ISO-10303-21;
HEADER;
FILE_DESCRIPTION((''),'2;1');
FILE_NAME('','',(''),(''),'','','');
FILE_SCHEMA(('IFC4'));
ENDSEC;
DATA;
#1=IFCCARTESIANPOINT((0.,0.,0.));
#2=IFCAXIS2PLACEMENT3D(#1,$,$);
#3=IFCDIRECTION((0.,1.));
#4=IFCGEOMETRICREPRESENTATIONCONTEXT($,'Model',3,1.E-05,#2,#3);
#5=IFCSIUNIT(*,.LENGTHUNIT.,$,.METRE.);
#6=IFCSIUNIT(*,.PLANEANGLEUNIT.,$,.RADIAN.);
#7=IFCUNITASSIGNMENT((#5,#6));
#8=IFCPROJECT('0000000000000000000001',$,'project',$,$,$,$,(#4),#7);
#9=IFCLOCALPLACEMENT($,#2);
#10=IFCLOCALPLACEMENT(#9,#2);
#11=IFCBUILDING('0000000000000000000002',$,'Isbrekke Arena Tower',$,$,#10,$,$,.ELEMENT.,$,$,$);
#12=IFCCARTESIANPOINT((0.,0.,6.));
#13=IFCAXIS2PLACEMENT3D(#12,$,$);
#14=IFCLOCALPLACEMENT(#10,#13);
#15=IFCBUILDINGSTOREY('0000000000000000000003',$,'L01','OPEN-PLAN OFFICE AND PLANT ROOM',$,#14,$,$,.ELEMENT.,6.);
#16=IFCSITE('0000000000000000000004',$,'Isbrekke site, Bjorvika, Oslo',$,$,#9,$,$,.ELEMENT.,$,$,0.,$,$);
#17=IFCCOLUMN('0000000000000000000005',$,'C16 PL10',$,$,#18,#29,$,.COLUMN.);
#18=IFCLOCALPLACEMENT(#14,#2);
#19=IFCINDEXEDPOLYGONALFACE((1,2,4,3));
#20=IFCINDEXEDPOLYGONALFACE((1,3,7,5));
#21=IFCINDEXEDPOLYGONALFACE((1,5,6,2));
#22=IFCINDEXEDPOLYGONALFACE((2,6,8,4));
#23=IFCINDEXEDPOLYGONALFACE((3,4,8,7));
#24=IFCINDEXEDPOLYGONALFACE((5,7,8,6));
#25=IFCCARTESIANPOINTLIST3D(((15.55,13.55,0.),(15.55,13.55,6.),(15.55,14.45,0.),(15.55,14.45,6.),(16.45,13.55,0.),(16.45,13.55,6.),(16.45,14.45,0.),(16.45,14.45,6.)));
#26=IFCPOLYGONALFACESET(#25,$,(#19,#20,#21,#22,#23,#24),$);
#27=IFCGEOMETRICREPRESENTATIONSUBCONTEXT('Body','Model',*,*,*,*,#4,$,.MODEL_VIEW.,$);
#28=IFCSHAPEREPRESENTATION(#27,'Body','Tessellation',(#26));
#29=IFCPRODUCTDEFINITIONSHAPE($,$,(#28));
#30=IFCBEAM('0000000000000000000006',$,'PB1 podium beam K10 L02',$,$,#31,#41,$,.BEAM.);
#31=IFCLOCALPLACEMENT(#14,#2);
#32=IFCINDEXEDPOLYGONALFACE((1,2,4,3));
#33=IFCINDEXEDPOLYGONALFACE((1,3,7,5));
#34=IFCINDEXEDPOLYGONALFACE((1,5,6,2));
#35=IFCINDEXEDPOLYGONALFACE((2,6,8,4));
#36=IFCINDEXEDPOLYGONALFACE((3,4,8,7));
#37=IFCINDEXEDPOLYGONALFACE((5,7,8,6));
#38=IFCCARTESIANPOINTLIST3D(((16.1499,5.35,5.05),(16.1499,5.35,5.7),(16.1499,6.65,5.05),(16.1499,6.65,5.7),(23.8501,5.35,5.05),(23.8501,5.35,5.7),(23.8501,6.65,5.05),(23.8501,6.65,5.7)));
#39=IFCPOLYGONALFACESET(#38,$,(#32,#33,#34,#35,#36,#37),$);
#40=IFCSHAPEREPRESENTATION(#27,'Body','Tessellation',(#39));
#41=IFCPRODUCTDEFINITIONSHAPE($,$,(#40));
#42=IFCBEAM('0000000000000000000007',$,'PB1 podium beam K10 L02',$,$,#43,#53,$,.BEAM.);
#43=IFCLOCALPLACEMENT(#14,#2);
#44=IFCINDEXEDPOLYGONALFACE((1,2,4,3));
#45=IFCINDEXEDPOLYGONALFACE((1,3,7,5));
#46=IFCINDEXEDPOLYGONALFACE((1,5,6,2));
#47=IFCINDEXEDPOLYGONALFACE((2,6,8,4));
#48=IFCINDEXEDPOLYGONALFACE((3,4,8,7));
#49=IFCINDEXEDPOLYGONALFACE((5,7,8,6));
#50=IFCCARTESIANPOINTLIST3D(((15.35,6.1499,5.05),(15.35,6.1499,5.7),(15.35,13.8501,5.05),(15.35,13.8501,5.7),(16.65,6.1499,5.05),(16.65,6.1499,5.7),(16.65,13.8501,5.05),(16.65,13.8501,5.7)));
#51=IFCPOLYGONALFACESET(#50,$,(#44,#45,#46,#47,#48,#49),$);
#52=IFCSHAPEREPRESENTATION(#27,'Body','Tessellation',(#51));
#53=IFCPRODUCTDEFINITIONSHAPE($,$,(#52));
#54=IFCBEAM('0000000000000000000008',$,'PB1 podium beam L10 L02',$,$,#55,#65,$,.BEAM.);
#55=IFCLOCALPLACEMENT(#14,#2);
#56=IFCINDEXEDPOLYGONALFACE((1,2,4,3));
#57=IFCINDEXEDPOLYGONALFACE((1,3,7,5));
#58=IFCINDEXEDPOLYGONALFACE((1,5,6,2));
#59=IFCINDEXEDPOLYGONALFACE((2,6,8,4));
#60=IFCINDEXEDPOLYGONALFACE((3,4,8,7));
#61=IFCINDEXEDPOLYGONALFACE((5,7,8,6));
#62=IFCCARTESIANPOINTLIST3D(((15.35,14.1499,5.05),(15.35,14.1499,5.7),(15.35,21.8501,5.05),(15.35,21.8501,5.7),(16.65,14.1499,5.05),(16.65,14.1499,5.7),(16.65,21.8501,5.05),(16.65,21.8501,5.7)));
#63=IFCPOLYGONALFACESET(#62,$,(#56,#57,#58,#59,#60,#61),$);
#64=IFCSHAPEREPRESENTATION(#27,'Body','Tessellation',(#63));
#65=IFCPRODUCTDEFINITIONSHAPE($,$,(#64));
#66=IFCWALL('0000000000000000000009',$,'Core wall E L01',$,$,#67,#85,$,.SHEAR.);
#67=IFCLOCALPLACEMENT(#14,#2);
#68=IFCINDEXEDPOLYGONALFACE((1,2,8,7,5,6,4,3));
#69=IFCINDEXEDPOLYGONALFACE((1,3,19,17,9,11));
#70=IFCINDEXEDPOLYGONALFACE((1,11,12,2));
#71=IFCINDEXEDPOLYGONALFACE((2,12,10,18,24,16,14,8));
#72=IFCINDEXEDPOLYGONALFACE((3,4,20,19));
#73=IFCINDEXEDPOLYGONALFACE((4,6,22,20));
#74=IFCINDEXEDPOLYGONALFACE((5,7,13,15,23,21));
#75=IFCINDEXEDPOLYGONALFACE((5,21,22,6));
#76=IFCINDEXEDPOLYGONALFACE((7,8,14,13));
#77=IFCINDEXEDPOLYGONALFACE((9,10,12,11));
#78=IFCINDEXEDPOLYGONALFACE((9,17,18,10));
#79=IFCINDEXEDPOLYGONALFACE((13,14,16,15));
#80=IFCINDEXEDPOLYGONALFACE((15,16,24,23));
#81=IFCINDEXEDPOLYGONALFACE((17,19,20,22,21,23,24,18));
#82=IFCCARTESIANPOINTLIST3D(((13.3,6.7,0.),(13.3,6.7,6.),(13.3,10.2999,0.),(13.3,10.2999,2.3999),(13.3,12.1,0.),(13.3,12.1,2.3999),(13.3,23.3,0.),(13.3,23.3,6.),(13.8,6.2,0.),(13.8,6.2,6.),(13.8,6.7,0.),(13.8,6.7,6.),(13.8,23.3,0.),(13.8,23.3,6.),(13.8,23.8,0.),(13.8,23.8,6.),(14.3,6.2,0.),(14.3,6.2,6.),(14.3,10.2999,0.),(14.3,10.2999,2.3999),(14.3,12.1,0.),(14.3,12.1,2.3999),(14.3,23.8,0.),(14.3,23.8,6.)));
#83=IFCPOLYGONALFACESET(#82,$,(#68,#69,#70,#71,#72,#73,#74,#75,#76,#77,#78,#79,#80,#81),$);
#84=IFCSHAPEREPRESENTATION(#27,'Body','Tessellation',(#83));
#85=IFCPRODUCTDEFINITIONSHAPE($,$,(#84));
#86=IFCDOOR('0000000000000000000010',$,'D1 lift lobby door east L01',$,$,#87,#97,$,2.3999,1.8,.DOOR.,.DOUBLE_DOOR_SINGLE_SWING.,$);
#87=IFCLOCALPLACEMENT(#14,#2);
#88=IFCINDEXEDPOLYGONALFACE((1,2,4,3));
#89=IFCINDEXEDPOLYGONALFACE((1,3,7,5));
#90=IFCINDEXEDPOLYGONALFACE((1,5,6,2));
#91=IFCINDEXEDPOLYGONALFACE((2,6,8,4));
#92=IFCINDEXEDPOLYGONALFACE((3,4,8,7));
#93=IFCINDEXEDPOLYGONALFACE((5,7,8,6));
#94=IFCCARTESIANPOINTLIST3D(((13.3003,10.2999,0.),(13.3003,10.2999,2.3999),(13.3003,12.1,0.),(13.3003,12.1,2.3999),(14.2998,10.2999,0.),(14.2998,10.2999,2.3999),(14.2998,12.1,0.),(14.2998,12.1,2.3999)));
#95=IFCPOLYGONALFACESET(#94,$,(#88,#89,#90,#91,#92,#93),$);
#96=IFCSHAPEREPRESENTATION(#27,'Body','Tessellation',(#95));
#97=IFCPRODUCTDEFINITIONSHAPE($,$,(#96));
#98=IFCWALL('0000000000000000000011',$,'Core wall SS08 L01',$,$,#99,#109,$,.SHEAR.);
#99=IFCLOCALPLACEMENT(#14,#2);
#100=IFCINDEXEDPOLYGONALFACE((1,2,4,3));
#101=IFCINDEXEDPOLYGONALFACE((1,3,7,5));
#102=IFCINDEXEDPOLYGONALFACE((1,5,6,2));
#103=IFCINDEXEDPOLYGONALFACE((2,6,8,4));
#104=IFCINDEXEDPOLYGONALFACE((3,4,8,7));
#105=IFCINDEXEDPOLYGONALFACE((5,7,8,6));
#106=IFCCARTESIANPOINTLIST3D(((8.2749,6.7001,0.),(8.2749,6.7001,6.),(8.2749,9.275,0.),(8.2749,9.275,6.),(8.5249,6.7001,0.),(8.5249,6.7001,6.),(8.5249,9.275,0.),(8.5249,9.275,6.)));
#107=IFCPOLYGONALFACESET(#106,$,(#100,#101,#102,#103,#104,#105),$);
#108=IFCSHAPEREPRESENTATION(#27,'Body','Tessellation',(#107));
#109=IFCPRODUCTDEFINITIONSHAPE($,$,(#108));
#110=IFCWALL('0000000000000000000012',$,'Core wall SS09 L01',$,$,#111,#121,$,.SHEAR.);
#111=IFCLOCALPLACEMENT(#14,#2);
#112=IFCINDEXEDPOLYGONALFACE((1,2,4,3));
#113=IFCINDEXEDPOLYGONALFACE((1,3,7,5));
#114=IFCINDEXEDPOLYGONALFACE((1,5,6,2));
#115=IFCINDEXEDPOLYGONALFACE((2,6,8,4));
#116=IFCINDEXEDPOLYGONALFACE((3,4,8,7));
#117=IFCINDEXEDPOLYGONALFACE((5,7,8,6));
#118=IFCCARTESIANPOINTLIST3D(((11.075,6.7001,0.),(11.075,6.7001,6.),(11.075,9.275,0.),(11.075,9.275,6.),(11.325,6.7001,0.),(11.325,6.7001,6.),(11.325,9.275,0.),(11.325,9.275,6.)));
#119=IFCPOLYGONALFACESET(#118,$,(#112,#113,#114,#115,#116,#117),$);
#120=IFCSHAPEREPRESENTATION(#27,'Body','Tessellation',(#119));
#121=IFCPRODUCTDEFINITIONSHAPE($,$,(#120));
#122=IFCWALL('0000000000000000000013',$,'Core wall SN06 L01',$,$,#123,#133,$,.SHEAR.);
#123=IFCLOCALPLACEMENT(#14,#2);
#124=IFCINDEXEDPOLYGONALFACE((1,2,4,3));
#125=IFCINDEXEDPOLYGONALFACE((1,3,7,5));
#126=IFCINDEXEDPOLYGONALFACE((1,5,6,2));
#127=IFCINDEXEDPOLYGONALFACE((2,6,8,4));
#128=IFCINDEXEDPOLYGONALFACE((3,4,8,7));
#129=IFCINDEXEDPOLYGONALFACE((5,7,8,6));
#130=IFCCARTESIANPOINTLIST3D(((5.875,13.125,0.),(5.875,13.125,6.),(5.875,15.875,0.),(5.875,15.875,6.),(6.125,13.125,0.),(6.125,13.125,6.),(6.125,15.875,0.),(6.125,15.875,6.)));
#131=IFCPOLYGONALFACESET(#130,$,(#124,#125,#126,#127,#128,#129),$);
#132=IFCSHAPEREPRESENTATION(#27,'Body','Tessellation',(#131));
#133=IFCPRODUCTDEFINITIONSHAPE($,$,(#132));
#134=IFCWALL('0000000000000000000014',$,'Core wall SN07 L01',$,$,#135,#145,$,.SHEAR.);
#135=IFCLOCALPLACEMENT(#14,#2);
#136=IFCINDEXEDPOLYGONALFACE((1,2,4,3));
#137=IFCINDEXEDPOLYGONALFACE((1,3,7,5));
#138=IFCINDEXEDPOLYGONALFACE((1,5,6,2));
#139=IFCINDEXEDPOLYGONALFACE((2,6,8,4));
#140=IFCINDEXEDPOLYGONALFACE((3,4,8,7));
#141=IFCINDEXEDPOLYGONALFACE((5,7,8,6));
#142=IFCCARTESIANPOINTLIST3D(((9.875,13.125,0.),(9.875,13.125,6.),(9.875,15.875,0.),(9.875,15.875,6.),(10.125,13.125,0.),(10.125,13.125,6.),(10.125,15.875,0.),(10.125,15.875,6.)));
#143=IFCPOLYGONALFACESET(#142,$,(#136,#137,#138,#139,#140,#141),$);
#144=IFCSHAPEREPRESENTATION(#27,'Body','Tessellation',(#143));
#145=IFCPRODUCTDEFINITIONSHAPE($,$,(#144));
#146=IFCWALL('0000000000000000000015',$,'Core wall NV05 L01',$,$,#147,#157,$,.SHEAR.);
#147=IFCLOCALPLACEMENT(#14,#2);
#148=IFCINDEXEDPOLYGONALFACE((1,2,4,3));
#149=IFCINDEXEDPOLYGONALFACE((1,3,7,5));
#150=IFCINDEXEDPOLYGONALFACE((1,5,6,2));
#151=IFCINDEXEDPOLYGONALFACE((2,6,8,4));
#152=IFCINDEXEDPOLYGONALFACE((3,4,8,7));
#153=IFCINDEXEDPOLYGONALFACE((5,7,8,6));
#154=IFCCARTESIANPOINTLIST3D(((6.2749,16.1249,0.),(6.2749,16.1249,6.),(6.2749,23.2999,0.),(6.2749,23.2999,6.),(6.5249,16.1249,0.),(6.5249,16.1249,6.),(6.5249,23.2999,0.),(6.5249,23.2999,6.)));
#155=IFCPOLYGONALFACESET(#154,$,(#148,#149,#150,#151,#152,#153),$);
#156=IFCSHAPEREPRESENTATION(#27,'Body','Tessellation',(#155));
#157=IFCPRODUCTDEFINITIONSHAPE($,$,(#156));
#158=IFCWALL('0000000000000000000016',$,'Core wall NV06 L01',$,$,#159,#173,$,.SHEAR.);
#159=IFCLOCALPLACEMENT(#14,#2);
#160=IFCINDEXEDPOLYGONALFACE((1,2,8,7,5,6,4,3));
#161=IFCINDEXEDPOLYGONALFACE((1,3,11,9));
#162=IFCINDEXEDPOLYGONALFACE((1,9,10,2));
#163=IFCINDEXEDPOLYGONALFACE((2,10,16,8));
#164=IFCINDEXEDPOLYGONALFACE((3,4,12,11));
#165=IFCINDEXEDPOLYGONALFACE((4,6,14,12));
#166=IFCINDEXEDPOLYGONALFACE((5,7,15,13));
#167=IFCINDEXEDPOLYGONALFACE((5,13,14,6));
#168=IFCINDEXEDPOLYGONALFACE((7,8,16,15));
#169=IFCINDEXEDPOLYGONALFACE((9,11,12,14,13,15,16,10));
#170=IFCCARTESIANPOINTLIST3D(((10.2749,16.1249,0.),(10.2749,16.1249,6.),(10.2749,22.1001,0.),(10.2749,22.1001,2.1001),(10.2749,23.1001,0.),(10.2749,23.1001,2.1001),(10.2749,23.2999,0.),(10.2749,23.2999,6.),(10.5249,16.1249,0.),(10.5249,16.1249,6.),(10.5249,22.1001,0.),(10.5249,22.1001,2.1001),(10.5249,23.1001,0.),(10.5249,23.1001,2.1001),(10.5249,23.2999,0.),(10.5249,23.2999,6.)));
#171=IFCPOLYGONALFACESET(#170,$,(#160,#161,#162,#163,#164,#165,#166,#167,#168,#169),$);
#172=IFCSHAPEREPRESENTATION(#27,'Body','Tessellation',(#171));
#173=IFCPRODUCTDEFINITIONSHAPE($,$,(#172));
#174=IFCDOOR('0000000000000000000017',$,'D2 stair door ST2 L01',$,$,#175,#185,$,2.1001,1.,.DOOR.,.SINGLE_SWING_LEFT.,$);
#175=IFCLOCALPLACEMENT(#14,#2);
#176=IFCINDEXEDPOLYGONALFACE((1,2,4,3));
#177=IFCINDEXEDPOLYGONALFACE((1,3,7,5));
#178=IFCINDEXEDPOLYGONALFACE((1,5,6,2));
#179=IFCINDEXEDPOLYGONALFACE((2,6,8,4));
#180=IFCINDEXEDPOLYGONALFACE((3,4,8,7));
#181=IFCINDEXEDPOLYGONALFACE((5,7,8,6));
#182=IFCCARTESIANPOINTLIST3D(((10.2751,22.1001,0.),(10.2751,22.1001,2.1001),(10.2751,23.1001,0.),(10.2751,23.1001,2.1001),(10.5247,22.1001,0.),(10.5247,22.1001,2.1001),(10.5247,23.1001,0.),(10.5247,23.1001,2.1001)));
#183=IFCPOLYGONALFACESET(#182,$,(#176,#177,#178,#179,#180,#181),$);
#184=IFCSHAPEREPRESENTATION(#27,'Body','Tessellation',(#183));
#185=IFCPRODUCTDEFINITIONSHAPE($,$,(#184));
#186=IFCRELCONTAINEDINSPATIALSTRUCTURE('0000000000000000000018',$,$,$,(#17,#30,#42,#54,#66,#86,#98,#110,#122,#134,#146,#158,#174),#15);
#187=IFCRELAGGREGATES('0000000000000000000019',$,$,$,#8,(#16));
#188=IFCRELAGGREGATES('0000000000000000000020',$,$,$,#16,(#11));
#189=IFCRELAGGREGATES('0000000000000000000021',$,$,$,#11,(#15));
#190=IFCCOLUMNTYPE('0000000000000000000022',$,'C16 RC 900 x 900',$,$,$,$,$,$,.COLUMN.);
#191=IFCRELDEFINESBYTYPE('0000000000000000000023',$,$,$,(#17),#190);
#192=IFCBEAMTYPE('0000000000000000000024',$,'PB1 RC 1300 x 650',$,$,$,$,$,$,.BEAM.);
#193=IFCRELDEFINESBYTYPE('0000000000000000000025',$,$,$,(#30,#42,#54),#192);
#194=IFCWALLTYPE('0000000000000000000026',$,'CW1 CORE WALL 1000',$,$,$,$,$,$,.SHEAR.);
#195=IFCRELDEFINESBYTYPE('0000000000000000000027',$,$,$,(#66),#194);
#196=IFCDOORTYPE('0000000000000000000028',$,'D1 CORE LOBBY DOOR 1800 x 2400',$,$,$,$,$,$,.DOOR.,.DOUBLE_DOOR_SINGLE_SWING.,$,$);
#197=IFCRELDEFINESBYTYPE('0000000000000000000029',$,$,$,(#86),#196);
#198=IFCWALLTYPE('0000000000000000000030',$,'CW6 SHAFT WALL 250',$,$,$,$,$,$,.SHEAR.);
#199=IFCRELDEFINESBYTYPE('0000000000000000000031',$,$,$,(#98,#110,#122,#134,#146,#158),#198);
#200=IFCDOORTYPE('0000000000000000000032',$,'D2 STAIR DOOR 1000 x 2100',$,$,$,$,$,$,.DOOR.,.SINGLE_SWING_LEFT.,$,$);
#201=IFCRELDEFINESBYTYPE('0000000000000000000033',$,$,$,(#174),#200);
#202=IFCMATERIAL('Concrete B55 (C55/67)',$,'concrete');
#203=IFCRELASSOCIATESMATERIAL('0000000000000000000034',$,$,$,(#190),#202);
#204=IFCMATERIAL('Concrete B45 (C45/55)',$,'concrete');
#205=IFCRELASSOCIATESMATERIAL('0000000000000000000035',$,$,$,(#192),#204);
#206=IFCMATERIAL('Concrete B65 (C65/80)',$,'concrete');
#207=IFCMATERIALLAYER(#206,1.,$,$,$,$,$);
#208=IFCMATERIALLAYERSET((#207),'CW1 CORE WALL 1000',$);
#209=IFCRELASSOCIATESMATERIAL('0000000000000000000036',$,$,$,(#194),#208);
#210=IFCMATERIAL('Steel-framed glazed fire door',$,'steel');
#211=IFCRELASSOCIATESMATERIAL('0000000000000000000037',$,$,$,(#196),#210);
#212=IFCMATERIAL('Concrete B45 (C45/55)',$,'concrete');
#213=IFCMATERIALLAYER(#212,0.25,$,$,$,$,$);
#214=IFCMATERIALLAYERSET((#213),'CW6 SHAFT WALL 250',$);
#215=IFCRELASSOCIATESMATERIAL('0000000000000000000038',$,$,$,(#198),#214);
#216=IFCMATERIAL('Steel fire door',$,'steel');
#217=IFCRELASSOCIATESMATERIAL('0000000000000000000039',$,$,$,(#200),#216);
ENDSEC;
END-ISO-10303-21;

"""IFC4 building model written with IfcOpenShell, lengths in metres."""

from ifc_helpers import new_model, si_unit, direction, frame, frame_2d, origin, origin_2d, place, context, subcontext, project, spatial, polyline, rectangle, outline, extrude, material, layer, layer_set, material_profile, profile_set, type_object, element, fill, save


model = new_model("IFC4")

# Units and contexts
model_context = context("Model", 3, precision=1e-05, world=origin(), true_north=direction((0.0, 1.0)))
body_context = subcontext(model_context, "Body", "Model", "MODEL_VIEW")
ifc_project = project(units=[si_unit("LENGTHUNIT", "METRE"), si_unit("PLANEANGLEUNIT", "RADIAN")], contexts=[model_context])

# Site, building, storey
site_placement = place(None, origin())
site = spatial("IfcSite", under=ifc_project, at=site_placement, Name="Isbrekke site, Bjorvika, Oslo", CompositionType="ELEMENT", RefElevation=0.0)
building_placement = place(site_placement, origin())
building = spatial("IfcBuilding", under=site, at=building_placement, Name="Isbrekke Arena Tower", CompositionType="ELEMENT")
storey_placement = place(building_placement, frame((0.0, 0.0, 6.0)))
storey = spatial("IfcBuildingStorey", under=building, at=storey_placement, Name="L01", Description="OPEN-PLAN OFFICE AND PLANT ROOM", CompositionType="ELEMENT", Elevation=6.0)

# Column
ifc_material_1 = material(Name="Concrete B55 (C55/67)", Category="concrete")
ifc_material_profile_1 = material_profile(ifc_material_1, rectangle(XDim=0.8999, YDim=0.8999, at=origin_2d()), Name="RC 900x900")
ifc_profile_set_1 = profile_set([ifc_material_profile_1], Name="Concrete B55 (C55/67)")
column_type = type_object("IfcColumnType", Name="C16 RC 900 x 900", PredefinedType="COLUMN", material=ifc_profile_set_1)
column_placement = place(storey_placement, frame((16.0, 14.0, 0.0), z_axis=(0.0, 0.0, 1.0), x_axis=(1.0, 0.0, 0.0)))
element("IfcColumn", 1, at=column_placement, inside=storey, type_object=column_type, Name="C16 PL10", PredefinedType="COLUMN", context=body_context, shape_type="SweptSolid", body=[
    extrude(rectangle(XDim=0.8999, YDim=0.8999, at=origin_2d()), origin(), (0.0, 0.0, 1.0), 6.0),
])

# Beams
ifc_material_2 = material(Name="Concrete B45 (C45/55)", Category="concrete")
ifc_material_profile_2 = material_profile(ifc_material_2, rectangle(XDim=1.3, YDim=0.6499, at=origin_2d()), Name="RC 1300x650")
ifc_profile_set_2 = profile_set([ifc_material_profile_2], Name="Concrete B45 (C45/55)")
beam_type = type_object("IfcBeamType", Name="PB1 RC 1300 x 650", PredefinedType="BEAM", material=ifc_profile_set_2)
for number, where, z_axis, x_axis, name in (
    (2, (16.1499, 6.0, 5.375), (1.0, 0.0, 0.0), (0.0, 1.0, 0.0), "PB1 podium beam K10 L02"),
    (3, (16.0, 6.1499, 5.375), (0.0, 1.0, 0.0), (-1.0, 0.0, 0.0), "PB1 podium beam K10 L02"),
    (4, (16.0, 14.1499, 5.375), (0.0, 1.0, 0.0), (-1.0, 0.0, 0.0), "PB1 podium beam L10 L02"),
):
    element("IfcBeam", number, at=place(storey_placement, frame(where, z_axis=z_axis, x_axis=x_axis)), inside=storey, type_object=beam_type, Name=name, PredefinedType="BEAM", context=body_context, shape_type="SweptSolid", body=[
        extrude(rectangle(XDim=1.3, YDim=0.6499, at=origin_2d()), origin(), (0.0, 0.0, 1.0), 7.7002),
    ])

# Wall, opening, door
ifc_material_3 = material(Name="Concrete B65 (C65/80)", Category="concrete")
ifc_layer_1 = layer(ifc_material_3, 1.0)
ifc_layer_set_1 = layer_set([ifc_layer_1], Name="CW1 CORE WALL 1000")
wall_type_1 = type_object("IfcWallType", Name="CW1 CORE WALL 1000", PredefinedType="SHEAR", material=ifc_layer_set_1)
wall_1_placement = place(storey_placement, frame((13.8, 6.2, 0.0), z_axis=(0.0, 0.0, 1.0), x_axis=(0.0, 1.0, 0.0)))
wall_1 = element("IfcWall", 5, at=wall_1_placement, inside=storey, type_object=wall_type_1, Name="Core wall E L01", PredefinedType="SHEAR", context=body_context, shape_type="SweptSolid", body=[
    extrude(outline(polyline([(0.0, -0.5), (17.6001, -0.5), (17.6001, 0.0), (17.1001, 0.0), (17.1001, 0.5), (0.5, 0.5), (0.5, 0.0), (0.0, 0.0), (0.0, -0.5)])), origin(), (0.0, 0.0, 1.0), 6.0),
])
opening_1_placement = place(wall_1_placement, frame((4.1001, 0.0, 0.0)))
opening_1 = element("IfcOpeningElement", 6, at=opening_1_placement, cuts=wall_1, PredefinedType="OPENING", context=body_context, shape_type="SweptSolid", body=[
    extrude(rectangle(XDim=1.8, YDim=2.3999, at=frame_2d((0.8999, 1.2))), frame((0.0, 0.5149, 0.0), z_axis=(0.0, -1.0, 0.0), x_axis=(1.0, 0.0, 0.0)), (0.0, 0.0, 1.0), 1.0298),
])
ifc_material_4 = material(Name="Steel-framed glazed fire door", Category="steel")
door_type_1 = type_object("IfcDoorType", Name="D1 CORE LOBBY DOOR 1800 x 2400", OperationType="DOUBLE_DOOR_SINGLE_SWING", PredefinedType="DOOR", material=ifc_material_4)
door_1_placement = place(opening_1_placement, origin())
door_1 = element("IfcDoor", 7, at=door_1_placement, inside=storey, type_object=door_type_1, Name="D1 lift lobby door east L01", OperationType="DOUBLE_DOOR_SINGLE_SWING", OverallHeight=2.3999, OverallWidth=1.8, PredefinedType="DOOR", context=body_context, shape_type="SweptSolid", body=[
    extrude(rectangle(XDim=1.8, YDim=2.3999, at=frame_2d((0.8999, 1.2))), frame((0.0, 0.4998, 0.0), z_axis=(0.0, -1.0, 0.0), x_axis=(1.0, 0.0, 0.0)), (0.0, 0.0, 1.0), 0.9995),
])
fill(opening_1, door_1)

# Walls
ifc_material_5 = material(Name="Concrete B45 (C45/55)", Category="concrete")
ifc_layer_2 = layer(ifc_material_5, 0.25)
ifc_layer_set_2 = layer_set([ifc_layer_2], Name="CW6 SHAFT WALL 250")
wall_type_2 = type_object("IfcWallType", Name="CW6 SHAFT WALL 250", PredefinedType="SHEAR", material=ifc_layer_set_2)
for number, where, z_axis, x_axis, name in (
    (8, (8.3999, 6.7, 0.0), (0.0, 0.0, 1.0), (0.0, 1.0, 0.0), "Core wall SS08 L01"),
    (9, (11.2, 6.7, 0.0), (0.0, 0.0, 1.0), (0.0, 1.0, 0.0), "Core wall SS09 L01"),
):
    element("IfcWall", number, at=place(storey_placement, frame(where, z_axis=z_axis, x_axis=x_axis)), inside=storey, type_object=wall_type_2, Name=name, PredefinedType="SHEAR", context=body_context, shape_type="SweptSolid", body=[
        extrude(rectangle(XDim=2.575, YDim=0.25, at=frame_2d((1.2876, 0.0))), origin(), (0.0, 0.0, 1.0), 6.0),
    ])
for number, where, z_axis, x_axis, name in (
    (10, (6.0, 13.125, 0.0), (0.0, 0.0, 1.0), (0.0, 1.0, 0.0), "Core wall SN06 L01"),
    (11, (10.0, 13.125, 0.0), (0.0, 0.0, 1.0), (0.0, 1.0, 0.0), "Core wall SN07 L01"),
):
    element("IfcWall", number, at=place(storey_placement, frame(where, z_axis=z_axis, x_axis=x_axis)), inside=storey, type_object=wall_type_2, Name=name, PredefinedType="SHEAR", context=body_context, shape_type="SweptSolid", body=[
        extrude(rectangle(XDim=2.75, YDim=0.25, at=frame_2d((1.375, 0.0))), origin(), (0.0, 0.0, 1.0), 6.0),
    ])
wall_2_placement = place(storey_placement, frame((6.3999, 16.125, 0.0), z_axis=(0.0, 0.0, 1.0), x_axis=(0.0, 1.0, 0.0)))
element("IfcWall", 12, at=wall_2_placement, inside=storey, type_object=wall_type_2, Name="Core wall NV05 L01", PredefinedType="SHEAR", context=body_context, shape_type="SweptSolid", body=[
    extrude(rectangle(XDim=7.175, YDim=0.25, at=frame_2d((3.5874, 0.0))), origin(), (0.0, 0.0, 1.0), 6.0),
])

# Wall, opening, door
wall_3_placement = place(storey_placement, frame((10.3999, 16.125, 0.0), z_axis=(0.0, 0.0, 1.0), x_axis=(0.0, 1.0, 0.0)))
wall_3 = element("IfcWall", 13, at=wall_3_placement, inside=storey, type_object=wall_type_2, Name="Core wall NV06 L01", PredefinedType="SHEAR", context=body_context, shape_type="SweptSolid", body=[
    extrude(rectangle(XDim=7.175, YDim=0.25, at=frame_2d((3.5874, 0.0))), origin(), (0.0, 0.0, 1.0), 6.0),
])
opening_2_placement = place(wall_3_placement, frame((5.9751, 0.0, 0.0)))
opening_2 = element("IfcOpeningElement", 14, at=opening_2_placement, cuts=wall_3, PredefinedType="OPENING", context=body_context, shape_type="SweptSolid", body=[
    extrude(rectangle(XDim=1.0, YDim=2.1001, at=frame_2d((0.5, 1.05))), frame((0.0, 0.1399, 0.0), z_axis=(0.0, -1.0, 0.0), x_axis=(1.0, 0.0, 0.0)), (0.0, 0.0, 1.0), 0.2798),
])
ifc_material_6 = material(Name="Steel fire door", Category="steel")
door_type_2 = type_object("IfcDoorType", Name="D2 STAIR DOOR 1000 x 2100", OperationType="SINGLE_SWING_LEFT", PredefinedType="DOOR", material=ifc_material_6)
door_2_placement = place(opening_2_placement, origin())
door_2 = element("IfcDoor", 15, at=door_2_placement, inside=storey, type_object=door_type_2, Name="D2 stair door ST2 L01", OperationType="SINGLE_SWING_LEFT", OverallHeight=2.1001, OverallWidth=1.0, PredefinedType="DOOR", context=body_context, shape_type="SweptSolid", body=[
    extrude(rectangle(XDim=1.0, YDim=2.1001, at=frame_2d((0.5, 1.05))), frame((0.0, 0.1248, 0.0), z_axis=(0.0, -1.0, 0.0), x_axis=(1.0, 0.0, 0.0)), (0.0, 0.0, 1.0), 0.2495),
])
fill(opening_2, door_2)

save(model, "model.ifc")
